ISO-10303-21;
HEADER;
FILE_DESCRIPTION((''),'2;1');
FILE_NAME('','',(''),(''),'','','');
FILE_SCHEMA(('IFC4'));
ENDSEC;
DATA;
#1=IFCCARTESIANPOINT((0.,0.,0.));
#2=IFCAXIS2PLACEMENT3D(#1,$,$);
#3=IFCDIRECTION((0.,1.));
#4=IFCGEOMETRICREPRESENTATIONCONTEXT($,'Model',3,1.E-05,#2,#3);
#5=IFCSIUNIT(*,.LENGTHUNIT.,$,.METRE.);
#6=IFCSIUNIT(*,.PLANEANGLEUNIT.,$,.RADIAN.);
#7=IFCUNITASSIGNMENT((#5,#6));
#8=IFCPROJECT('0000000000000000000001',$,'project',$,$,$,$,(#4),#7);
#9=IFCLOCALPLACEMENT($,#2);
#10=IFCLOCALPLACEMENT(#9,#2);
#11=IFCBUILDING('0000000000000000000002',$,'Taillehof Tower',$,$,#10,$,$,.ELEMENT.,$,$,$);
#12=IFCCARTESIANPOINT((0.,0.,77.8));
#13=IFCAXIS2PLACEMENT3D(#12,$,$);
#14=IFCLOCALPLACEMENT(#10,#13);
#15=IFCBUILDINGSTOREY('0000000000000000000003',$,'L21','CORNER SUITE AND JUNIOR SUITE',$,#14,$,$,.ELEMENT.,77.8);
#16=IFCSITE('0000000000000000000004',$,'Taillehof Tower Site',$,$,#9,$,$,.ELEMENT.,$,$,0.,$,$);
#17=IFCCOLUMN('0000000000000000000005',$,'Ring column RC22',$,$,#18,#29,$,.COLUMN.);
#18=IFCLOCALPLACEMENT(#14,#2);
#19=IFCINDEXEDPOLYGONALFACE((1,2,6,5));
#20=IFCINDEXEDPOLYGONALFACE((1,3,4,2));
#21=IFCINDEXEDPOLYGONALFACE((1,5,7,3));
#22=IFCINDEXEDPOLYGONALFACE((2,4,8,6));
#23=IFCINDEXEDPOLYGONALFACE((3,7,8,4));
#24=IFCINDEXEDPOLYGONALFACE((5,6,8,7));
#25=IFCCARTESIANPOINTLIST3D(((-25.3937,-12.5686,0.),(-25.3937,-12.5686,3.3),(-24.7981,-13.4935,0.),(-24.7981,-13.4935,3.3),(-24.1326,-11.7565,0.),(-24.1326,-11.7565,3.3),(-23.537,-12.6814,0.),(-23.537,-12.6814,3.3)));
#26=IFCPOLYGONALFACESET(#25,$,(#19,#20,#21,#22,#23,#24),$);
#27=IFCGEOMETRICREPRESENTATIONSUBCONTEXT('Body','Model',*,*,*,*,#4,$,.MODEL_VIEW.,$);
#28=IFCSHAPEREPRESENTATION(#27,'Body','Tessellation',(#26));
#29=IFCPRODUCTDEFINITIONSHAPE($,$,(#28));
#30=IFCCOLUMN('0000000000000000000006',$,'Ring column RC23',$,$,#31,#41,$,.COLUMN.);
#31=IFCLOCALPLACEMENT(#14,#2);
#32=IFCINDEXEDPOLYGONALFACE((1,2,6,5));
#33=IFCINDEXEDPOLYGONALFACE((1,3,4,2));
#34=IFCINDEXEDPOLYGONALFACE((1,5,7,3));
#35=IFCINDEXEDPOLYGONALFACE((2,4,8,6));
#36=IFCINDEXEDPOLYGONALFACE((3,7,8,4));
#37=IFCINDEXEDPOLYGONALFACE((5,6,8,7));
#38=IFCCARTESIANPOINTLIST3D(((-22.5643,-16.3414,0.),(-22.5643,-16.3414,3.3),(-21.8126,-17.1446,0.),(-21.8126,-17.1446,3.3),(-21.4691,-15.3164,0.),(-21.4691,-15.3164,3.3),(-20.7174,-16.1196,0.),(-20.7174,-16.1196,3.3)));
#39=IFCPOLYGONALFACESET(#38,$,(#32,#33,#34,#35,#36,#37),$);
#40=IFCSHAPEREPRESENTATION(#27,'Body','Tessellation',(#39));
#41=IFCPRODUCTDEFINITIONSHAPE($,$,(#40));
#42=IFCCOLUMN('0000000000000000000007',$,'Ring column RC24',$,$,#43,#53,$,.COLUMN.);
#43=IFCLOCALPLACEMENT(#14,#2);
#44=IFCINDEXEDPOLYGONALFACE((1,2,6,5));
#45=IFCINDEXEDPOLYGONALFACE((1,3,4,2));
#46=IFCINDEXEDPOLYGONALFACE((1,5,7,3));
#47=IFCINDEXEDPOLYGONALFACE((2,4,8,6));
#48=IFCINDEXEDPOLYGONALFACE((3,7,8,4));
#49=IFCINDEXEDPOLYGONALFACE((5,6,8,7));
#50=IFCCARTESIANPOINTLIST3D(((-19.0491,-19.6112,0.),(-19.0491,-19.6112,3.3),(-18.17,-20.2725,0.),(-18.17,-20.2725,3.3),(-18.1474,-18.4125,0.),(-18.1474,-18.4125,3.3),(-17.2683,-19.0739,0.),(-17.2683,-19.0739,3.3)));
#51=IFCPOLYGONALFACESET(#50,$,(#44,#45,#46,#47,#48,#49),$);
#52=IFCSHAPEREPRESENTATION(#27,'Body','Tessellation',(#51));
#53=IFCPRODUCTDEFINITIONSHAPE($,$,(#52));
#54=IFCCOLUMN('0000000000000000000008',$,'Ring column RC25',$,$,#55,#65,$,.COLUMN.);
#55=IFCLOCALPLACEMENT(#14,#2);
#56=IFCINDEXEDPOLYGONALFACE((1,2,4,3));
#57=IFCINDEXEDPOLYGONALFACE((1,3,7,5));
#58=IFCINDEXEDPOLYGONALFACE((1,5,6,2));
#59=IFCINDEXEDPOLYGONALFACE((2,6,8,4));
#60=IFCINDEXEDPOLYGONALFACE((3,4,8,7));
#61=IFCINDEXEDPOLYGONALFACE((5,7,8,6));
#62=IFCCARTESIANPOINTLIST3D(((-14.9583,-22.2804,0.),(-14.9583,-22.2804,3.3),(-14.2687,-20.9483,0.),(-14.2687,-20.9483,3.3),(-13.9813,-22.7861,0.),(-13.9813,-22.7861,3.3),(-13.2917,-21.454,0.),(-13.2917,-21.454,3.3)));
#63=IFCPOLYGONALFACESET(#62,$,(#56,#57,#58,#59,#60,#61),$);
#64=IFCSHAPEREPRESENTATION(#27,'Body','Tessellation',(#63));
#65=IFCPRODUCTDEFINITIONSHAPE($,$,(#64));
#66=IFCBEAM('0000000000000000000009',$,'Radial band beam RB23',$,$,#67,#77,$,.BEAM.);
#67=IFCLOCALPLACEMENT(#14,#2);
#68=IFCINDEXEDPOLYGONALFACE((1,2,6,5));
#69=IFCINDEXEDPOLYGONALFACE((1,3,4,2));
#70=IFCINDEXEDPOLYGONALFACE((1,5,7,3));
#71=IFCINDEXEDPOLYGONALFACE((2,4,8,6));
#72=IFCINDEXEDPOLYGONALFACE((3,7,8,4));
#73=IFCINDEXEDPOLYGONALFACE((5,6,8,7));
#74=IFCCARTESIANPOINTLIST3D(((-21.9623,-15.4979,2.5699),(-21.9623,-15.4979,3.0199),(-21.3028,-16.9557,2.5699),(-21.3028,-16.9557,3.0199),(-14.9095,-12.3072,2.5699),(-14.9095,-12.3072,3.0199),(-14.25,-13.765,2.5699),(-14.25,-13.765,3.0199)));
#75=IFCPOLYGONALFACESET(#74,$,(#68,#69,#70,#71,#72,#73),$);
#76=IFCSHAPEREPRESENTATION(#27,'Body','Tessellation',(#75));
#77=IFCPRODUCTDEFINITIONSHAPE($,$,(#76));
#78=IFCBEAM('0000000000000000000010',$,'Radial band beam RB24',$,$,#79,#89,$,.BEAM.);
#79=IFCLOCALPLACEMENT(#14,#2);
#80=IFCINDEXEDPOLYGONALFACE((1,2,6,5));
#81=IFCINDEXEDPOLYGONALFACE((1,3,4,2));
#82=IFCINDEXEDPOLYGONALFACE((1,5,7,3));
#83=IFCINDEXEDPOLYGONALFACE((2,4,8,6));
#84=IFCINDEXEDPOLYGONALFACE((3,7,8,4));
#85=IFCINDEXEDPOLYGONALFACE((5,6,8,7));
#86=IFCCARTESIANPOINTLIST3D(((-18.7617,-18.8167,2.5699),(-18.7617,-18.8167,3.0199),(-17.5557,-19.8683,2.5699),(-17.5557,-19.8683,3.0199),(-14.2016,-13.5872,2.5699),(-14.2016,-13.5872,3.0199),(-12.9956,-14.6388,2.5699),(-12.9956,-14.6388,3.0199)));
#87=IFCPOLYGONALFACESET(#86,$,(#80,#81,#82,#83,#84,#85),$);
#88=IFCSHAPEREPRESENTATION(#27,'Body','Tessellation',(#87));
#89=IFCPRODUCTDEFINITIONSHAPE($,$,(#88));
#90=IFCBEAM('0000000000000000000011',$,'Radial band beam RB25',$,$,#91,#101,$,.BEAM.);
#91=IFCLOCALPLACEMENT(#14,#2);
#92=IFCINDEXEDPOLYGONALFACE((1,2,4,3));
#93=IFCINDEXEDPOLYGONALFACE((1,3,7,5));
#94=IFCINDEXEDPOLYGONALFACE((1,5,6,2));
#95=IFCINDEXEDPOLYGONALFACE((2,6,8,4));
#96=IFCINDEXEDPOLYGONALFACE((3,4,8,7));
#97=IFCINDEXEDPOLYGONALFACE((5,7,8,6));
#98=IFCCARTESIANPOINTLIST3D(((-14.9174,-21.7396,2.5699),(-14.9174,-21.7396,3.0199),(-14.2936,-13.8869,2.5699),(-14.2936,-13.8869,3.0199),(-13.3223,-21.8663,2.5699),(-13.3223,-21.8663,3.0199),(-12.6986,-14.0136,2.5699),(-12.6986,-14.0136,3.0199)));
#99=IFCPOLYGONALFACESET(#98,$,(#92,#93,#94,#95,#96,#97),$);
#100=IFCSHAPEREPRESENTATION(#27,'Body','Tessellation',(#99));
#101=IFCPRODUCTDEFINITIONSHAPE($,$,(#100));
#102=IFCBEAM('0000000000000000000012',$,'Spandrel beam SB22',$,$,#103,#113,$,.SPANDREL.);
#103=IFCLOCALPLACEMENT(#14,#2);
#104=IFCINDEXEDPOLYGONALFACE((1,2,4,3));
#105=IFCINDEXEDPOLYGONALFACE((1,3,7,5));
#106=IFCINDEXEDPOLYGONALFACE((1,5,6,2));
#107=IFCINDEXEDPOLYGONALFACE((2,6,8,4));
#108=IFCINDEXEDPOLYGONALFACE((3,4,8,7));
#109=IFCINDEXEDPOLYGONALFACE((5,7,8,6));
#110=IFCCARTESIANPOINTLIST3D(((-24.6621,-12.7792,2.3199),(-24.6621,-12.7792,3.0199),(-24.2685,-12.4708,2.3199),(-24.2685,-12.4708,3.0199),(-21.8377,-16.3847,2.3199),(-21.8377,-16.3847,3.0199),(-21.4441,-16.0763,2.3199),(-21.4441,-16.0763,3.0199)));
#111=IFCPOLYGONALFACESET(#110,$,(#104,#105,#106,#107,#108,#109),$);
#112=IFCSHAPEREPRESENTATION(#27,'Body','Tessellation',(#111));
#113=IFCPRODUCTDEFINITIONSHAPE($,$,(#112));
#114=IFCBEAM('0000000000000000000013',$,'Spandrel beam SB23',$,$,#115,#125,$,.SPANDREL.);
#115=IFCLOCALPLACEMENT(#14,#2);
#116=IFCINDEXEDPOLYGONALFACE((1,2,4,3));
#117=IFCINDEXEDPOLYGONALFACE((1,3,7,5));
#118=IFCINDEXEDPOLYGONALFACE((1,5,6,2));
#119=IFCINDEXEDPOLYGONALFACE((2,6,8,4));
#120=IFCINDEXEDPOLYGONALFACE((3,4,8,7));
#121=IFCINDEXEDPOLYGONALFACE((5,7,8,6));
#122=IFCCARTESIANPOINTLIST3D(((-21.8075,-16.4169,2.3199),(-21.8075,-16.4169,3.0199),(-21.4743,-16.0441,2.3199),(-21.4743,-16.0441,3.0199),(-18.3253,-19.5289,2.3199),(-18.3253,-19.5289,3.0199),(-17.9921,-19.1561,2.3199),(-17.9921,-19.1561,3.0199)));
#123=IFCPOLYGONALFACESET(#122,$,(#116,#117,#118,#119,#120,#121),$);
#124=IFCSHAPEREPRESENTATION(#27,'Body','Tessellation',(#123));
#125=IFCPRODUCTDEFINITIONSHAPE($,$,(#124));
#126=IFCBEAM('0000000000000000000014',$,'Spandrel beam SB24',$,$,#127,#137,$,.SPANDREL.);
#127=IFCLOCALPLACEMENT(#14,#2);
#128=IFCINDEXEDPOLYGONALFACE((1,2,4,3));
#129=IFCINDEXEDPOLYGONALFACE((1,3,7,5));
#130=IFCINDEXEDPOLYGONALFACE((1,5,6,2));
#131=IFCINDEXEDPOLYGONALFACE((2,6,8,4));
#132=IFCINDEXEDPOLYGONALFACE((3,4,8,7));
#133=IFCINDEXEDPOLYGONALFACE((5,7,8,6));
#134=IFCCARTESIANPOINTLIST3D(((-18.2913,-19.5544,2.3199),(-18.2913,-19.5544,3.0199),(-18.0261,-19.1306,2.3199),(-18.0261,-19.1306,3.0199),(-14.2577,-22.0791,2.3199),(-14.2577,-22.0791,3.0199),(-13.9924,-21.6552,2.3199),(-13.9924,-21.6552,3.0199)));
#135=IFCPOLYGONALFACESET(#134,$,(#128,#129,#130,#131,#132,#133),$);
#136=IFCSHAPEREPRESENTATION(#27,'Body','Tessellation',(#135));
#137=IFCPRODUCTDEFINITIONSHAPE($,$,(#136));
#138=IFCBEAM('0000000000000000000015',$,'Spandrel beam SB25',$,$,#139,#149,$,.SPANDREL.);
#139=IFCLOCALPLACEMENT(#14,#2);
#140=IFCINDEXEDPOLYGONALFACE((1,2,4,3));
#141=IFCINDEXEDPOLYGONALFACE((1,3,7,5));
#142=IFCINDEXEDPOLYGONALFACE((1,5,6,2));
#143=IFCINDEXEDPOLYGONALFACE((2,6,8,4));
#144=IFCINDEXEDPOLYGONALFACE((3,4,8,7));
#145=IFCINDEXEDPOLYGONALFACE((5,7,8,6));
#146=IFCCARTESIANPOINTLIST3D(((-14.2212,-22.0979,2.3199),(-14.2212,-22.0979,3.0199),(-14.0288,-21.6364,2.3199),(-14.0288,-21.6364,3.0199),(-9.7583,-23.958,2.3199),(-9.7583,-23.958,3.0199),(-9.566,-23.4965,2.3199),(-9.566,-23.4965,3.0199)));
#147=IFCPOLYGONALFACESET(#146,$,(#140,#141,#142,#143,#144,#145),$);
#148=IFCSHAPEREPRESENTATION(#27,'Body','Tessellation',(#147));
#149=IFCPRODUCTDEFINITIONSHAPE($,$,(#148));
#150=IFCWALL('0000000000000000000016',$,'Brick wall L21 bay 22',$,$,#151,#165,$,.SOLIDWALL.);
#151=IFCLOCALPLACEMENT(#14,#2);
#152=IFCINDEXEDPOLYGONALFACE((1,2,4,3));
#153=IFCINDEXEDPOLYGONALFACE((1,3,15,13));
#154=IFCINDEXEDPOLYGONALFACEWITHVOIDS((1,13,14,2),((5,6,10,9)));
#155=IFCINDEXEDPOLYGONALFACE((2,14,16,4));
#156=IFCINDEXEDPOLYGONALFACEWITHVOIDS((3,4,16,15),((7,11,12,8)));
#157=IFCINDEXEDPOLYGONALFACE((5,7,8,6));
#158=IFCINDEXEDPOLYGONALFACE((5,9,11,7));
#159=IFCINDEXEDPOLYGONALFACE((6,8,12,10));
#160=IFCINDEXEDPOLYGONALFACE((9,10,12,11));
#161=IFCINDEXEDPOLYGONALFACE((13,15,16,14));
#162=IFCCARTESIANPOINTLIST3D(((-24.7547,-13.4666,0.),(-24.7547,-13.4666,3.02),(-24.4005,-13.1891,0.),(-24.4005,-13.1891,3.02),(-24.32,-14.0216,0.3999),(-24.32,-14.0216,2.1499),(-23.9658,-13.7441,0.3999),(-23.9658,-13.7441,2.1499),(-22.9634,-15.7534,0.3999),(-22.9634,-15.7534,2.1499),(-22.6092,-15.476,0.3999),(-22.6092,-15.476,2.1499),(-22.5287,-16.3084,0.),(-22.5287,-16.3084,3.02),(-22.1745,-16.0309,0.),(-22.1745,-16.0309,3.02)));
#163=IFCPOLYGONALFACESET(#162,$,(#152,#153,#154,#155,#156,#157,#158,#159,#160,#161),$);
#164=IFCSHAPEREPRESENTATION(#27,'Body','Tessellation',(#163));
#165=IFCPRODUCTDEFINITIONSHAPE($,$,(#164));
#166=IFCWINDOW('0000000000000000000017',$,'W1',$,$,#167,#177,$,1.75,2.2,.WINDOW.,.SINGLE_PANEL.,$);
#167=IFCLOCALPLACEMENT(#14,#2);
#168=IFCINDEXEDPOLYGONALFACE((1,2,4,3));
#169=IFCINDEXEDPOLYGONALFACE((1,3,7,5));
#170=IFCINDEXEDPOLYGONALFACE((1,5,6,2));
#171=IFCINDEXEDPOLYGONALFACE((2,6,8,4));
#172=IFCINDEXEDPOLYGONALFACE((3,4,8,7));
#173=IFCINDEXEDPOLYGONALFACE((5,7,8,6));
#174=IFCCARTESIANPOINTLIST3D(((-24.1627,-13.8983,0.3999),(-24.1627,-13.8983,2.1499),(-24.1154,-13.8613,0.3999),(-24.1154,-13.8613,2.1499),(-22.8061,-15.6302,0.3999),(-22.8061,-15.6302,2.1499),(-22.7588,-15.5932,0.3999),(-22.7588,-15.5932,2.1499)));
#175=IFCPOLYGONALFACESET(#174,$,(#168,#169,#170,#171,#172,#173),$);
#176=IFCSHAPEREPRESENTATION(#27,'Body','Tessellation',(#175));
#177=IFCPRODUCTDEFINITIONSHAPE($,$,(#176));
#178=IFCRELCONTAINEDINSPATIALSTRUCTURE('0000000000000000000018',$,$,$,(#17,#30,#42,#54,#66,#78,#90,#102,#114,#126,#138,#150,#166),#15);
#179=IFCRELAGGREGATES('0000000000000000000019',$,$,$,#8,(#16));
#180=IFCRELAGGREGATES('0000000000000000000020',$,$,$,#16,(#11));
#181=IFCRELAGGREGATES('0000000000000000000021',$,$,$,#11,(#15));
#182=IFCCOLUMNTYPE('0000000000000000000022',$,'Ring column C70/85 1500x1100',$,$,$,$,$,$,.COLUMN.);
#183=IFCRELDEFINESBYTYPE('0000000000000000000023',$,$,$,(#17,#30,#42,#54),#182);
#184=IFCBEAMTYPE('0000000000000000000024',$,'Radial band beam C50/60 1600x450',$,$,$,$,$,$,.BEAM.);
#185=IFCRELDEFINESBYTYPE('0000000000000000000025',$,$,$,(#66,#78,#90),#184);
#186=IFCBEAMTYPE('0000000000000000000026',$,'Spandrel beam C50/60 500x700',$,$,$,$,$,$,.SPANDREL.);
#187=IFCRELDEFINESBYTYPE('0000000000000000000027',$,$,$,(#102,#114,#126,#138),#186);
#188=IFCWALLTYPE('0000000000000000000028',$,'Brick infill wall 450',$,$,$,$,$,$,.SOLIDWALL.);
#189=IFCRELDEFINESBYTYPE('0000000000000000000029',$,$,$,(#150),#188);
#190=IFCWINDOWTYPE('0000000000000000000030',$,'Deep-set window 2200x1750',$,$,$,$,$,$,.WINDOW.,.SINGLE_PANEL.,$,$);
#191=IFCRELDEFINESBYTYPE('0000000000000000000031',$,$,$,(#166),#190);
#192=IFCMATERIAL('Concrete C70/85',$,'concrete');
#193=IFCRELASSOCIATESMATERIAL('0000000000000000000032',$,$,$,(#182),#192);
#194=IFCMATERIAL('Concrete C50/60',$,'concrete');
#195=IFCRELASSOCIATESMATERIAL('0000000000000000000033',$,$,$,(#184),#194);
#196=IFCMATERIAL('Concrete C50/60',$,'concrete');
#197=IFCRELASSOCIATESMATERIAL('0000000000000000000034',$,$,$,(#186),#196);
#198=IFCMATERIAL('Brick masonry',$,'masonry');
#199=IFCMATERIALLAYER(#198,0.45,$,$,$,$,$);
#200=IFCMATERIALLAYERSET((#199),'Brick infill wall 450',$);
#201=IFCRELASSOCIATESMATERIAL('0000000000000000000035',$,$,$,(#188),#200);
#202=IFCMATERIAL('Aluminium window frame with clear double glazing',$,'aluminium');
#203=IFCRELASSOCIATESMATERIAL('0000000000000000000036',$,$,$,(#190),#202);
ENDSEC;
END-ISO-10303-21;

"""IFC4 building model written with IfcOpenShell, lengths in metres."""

from ifc_helpers import new_model, si_unit, direction, frame, frame_2d, origin, origin_2d, place, context, subcontext, project, spatial, rectangle, extrude, material, layer, layer_set, material_profile, profile_set, type_object, element, fill, save


model = new_model("IFC4")

# Units and contexts
model_context = context("Model", 3, precision=1e-05, world=origin(), true_north=direction((0.0, 1.0)))
body_context = subcontext(model_context, "Body", "Model", "MODEL_VIEW")
ifc_project = project(units=[si_unit("LENGTHUNIT", "METRE"), si_unit("PLANEANGLEUNIT", "RADIAN")], contexts=[model_context])

# Site, building, storey
site_placement = place(None, origin())
site = spatial("IfcSite", under=ifc_project, at=site_placement, Name="Taillehof Tower Site", CompositionType="ELEMENT", RefElevation=0.0)
building_placement = place(site_placement, origin())
building = spatial("IfcBuilding", under=site, at=building_placement, Name="Taillehof Tower", CompositionType="ELEMENT")
storey_placement = place(building_placement, frame((0.0, 0.0, 77.8)))
storey = spatial("IfcBuildingStorey", under=building, at=storey_placement, Name="L21", Description="CORNER SUITE AND JUNIOR SUITE", CompositionType="ELEMENT", Elevation=77.8)

# Columns
ifc_material_1 = material(Name="Concrete C70/85", Category="concrete")
ifc_material_profile_1 = material_profile(ifc_material_1, rectangle(XDim=1.5, YDim=1.1001, at=origin_2d()), Name="RC 1500x1100")
ifc_profile_set_1 = profile_set([ifc_material_profile_1], Name="Concrete C70/85")
column_type = type_object("IfcColumnType", Name="Ring column C70/85 1500x1100", PredefinedType="COLUMN", material=ifc_profile_set_1)
for number, where, z_axis, x_axis, name in (
    (1, (-24.4653, -12.625, 0.0), (0.0, 0.0, 1.0), (-0.840754, -0.541418, 0.0), "Ring column RC22"),
    (2, (-21.6409, -16.2305, 0.0), (0.0, 0.0, 1.0), (-0.730113, -0.683326, 0.0), "Ring column RC23"),
    (3, (-18.1587, -19.3425, 0.0), (0.0, 0.0, 1.0), (-0.601174, -0.799118, 0.0), "Ring column RC24"),
    (4, (-14.125, -21.8672, 0.0), (0.0, 0.0, 1.0), (-0.459691, -0.888079, 0.0), "Ring column RC25"),
):
    element("IfcColumn", number, at=place(storey_placement, frame(where, z_axis=z_axis, x_axis=x_axis)), inside=storey, type_object=column_type, Name=name, PredefinedType="COLUMN", context=body_context, shape_type="SweptSolid", body=[
        extrude(rectangle(XDim=1.5, YDim=1.1001, at=origin_2d()), origin(), (0.0, 0.0, 1.0), 3.3),
    ])

# Beams
ifc_material_2 = material(Name="Concrete C50/60", Category="concrete")
ifc_material_profile_2 = material_profile(ifc_material_2, rectangle(XDim=1.6001, YDim=0.45, at=origin_2d()), Name="RC 1600x450")
ifc_profile_set_2 = profile_set([ifc_material_profile_2], Name="Concrete C50/60")
beam_type_1 = type_object("IfcBeamType", Name="Radial band beam C50/60 1600x450", PredefinedType="BEAM", material=ifc_profile_set_2)
beam_1_placement = place(storey_placement, frame((-21.6326, -16.2268, 2.7949), z_axis=(0.911101, 0.412184, 0.0), x_axis=(-0.412184, 0.911101, 0.0)))
element("IfcBeam", 5, at=beam_1_placement, inside=storey, type_object=beam_type_1, Name="Radial band beam RB23", PredefinedType="BEAM", context=body_context, shape_type="SweptSolid", body=[
    extrude(rectangle(XDim=1.6001, YDim=0.45, at=origin_2d()), origin(), (0.0, 0.0, 1.0), 7.741),
])
beam_2_placement = place(storey_placement, frame((-18.1587, -19.3425, 2.7949), z_axis=(0.657218, 0.7537, 0.0), x_axis=(-0.7537, 0.657218, 0.0)))
element("IfcBeam", 6, at=beam_2_placement, inside=storey, type_object=beam_type_1, Name="Radial band beam RB24", PredefinedType="BEAM", context=body_context, shape_type="SweptSolid", body=[
    extrude(rectangle(XDim=1.6001, YDim=0.45, at=origin_2d()), origin(), (0.0, 0.0, 1.0), 6.9385),
])
beam_3_placement = place(storey_placement, frame((-14.1199, -21.803, 2.7949), z_axis=(0.079185, 0.99686, 0.0), x_axis=(-0.99686, 0.079185, 0.0)))
element("IfcBeam", 7, at=beam_3_placement, inside=storey, type_object=beam_type_1, Name="Radial band beam RB25", PredefinedType="BEAM", context=body_context, shape_type="SweptSolid", body=[
    extrude(rectangle(XDim=1.6001, YDim=0.45, at=origin_2d()), origin(), (0.0, 0.0, 1.0), 7.8774),
])
ifc_material_3 = material(Name="Concrete C50/60", Category="concrete")
ifc_material_profile_3 = material_profile(ifc_material_3, rectangle(XDim=0.5, YDim=0.7, at=origin_2d()), Name="RC 500x700")
ifc_profile_set_3 = profile_set([ifc_material_profile_3], Name="Concrete C50/60")
beam_type_2 = type_object("IfcBeamType", Name="Spandrel beam C50/60 500x700", PredefinedType="SPANDREL", material=ifc_profile_set_3)
beam_4_placement = place(storey_placement, frame((-24.4653, -12.625, 2.6699), z_axis=(0.616686, -0.787209, 0.0), x_axis=(0.787209, 0.616686, 0.0)))
element("IfcBeam", 8, at=beam_4_placement, inside=storey, type_object=beam_type_2, Name="Spandrel beam SB22", PredefinedType="SPANDREL", context=body_context, shape_type="SweptSolid", body=[
    extrude(rectangle(XDim=0.5, YDim=0.7, at=origin_2d()), origin(), (0.0, 0.0, 1.0), 4.5801),
])
beam_5_placement = place(storey_placement, frame((-21.6409, -16.2305, 2.6699), z_axis=(0.745621, -0.66637, 0.0), x_axis=(0.66637, 0.745621, 0.0)))
element("IfcBeam", 9, at=beam_5_placement, inside=storey, type_object=beam_type_2, Name="Spandrel beam SB23", PredefinedType="SPANDREL", context=body_context, shape_type="SweptSolid", body=[
    extrude(rectangle(XDim=0.5, YDim=0.7, at=origin_2d()), origin(), (0.0, 0.0, 1.0), 4.6702),
])
beam_6_placement = place(storey_placement, frame((-18.1587, -19.3425, 2.6699), z_axis=(0.847658, -0.530543, 0.0), x_axis=(0.530543, 0.847658, 0.0)))
element("IfcBeam", 10, at=beam_6_placement, inside=storey, type_object=beam_type_2, Name="Spandrel beam SB24", PredefinedType="SPANDREL", context=body_context, shape_type="SweptSolid", body=[
    extrude(rectangle(XDim=0.5, YDim=0.7, at=origin_2d()), origin(), (0.0, 0.0, 1.0), 4.7585),
])
beam_7_placement = place(storey_placement, frame((-14.125, -21.8672, 2.6699), z_axis=(0.923035, -0.384716, 0.0), x_axis=(0.384716, 0.923035, 0.0)))
element("IfcBeam", 11, at=beam_7_placement, inside=storey, type_object=beam_type_2, Name="Spandrel beam SB25", PredefinedType="SPANDREL", context=body_context, shape_type="SweptSolid", body=[
    extrude(rectangle(XDim=0.5, YDim=0.7, at=origin_2d()), origin(), (0.0, 0.0, 1.0), 4.835),
])

# Wall, opening, window
ifc_material_4 = material(Name="Brick masonry", Category="masonry")
ifc_layer_1 = layer(ifc_material_4, 0.45)
ifc_layer_set_1 = layer_set([ifc_layer_1], Name="Brick infill wall 450")
wall_type_1 = type_object("IfcWallType", Name="Brick infill wall 450", PredefinedType="SOLIDWALL", material=ifc_layer_set_1)
wall_1_placement = place(storey_placement, frame((-24.5776, -13.3279, 0.0), z_axis=(0.0, 0.0, 1.0), x_axis=(0.616662, -0.787228, 0.0)))
wall_1 = element("IfcWall", 12, at=wall_1_placement, inside=storey, type_object=wall_type_1, Name="Brick wall L21 bay 22", PredefinedType="SOLIDWALL", context=body_context, shape_type="SweptSolid", body=[
    extrude(rectangle(XDim=3.6099, YDim=0.45, at=frame_2d((1.8049, 0.0))), origin(), (0.0, 0.0, 1.0), 3.02),
])
opening_1_placement = place(wall_1_placement, frame((0.7048, 0.0, 0.3999)))
opening_1 = element("IfcOpeningElement", 13, at=opening_1_placement, cuts=wall_1, PredefinedType="OPENING", context=body_context, shape_type="SweptSolid", body=[
    extrude(rectangle(XDim=2.2, YDim=1.75, at=frame_2d((1.1001, 0.875))), frame((0.0, 0.2349, 0.0), z_axis=(0.0, -1.0, 0.0), x_axis=(1.0, 0.0, 0.0)), (0.0, 0.0, 1.0), 0.47),
])
ifc_material_5 = material(Name="Aluminium window frame with clear double glazing", Category="aluminium")
window_type = type_object("IfcWindowType", Name="Deep-set window 2200x1750", PartitioningType="SINGLE_PANEL", PredefinedType="WINDOW", material=ifc_material_5)
window_1_placement = place(opening_1_placement, origin())
window_1 = element("IfcWindow", 14, at=window_1_placement, inside=storey, type_object=window_type, Name="W1", OverallHeight=1.75, OverallWidth=2.2, PartitioningType="SINGLE_PANEL", PredefinedType="WINDOW", context=body_context, shape_type="SweptSolid", body=[
    extrude(rectangle(XDim=2.2, YDim=1.75, at=frame_2d((1.1001, 0.875))), frame((0.0, 0.0349, 0.0), z_axis=(0.0, -1.0, 0.0), x_axis=(1.0, 0.0, 0.0)), (0.0, 0.0, 1.0), 0.0601),
])
fill(opening_1, window_1)

save(model, "model.ifc")
